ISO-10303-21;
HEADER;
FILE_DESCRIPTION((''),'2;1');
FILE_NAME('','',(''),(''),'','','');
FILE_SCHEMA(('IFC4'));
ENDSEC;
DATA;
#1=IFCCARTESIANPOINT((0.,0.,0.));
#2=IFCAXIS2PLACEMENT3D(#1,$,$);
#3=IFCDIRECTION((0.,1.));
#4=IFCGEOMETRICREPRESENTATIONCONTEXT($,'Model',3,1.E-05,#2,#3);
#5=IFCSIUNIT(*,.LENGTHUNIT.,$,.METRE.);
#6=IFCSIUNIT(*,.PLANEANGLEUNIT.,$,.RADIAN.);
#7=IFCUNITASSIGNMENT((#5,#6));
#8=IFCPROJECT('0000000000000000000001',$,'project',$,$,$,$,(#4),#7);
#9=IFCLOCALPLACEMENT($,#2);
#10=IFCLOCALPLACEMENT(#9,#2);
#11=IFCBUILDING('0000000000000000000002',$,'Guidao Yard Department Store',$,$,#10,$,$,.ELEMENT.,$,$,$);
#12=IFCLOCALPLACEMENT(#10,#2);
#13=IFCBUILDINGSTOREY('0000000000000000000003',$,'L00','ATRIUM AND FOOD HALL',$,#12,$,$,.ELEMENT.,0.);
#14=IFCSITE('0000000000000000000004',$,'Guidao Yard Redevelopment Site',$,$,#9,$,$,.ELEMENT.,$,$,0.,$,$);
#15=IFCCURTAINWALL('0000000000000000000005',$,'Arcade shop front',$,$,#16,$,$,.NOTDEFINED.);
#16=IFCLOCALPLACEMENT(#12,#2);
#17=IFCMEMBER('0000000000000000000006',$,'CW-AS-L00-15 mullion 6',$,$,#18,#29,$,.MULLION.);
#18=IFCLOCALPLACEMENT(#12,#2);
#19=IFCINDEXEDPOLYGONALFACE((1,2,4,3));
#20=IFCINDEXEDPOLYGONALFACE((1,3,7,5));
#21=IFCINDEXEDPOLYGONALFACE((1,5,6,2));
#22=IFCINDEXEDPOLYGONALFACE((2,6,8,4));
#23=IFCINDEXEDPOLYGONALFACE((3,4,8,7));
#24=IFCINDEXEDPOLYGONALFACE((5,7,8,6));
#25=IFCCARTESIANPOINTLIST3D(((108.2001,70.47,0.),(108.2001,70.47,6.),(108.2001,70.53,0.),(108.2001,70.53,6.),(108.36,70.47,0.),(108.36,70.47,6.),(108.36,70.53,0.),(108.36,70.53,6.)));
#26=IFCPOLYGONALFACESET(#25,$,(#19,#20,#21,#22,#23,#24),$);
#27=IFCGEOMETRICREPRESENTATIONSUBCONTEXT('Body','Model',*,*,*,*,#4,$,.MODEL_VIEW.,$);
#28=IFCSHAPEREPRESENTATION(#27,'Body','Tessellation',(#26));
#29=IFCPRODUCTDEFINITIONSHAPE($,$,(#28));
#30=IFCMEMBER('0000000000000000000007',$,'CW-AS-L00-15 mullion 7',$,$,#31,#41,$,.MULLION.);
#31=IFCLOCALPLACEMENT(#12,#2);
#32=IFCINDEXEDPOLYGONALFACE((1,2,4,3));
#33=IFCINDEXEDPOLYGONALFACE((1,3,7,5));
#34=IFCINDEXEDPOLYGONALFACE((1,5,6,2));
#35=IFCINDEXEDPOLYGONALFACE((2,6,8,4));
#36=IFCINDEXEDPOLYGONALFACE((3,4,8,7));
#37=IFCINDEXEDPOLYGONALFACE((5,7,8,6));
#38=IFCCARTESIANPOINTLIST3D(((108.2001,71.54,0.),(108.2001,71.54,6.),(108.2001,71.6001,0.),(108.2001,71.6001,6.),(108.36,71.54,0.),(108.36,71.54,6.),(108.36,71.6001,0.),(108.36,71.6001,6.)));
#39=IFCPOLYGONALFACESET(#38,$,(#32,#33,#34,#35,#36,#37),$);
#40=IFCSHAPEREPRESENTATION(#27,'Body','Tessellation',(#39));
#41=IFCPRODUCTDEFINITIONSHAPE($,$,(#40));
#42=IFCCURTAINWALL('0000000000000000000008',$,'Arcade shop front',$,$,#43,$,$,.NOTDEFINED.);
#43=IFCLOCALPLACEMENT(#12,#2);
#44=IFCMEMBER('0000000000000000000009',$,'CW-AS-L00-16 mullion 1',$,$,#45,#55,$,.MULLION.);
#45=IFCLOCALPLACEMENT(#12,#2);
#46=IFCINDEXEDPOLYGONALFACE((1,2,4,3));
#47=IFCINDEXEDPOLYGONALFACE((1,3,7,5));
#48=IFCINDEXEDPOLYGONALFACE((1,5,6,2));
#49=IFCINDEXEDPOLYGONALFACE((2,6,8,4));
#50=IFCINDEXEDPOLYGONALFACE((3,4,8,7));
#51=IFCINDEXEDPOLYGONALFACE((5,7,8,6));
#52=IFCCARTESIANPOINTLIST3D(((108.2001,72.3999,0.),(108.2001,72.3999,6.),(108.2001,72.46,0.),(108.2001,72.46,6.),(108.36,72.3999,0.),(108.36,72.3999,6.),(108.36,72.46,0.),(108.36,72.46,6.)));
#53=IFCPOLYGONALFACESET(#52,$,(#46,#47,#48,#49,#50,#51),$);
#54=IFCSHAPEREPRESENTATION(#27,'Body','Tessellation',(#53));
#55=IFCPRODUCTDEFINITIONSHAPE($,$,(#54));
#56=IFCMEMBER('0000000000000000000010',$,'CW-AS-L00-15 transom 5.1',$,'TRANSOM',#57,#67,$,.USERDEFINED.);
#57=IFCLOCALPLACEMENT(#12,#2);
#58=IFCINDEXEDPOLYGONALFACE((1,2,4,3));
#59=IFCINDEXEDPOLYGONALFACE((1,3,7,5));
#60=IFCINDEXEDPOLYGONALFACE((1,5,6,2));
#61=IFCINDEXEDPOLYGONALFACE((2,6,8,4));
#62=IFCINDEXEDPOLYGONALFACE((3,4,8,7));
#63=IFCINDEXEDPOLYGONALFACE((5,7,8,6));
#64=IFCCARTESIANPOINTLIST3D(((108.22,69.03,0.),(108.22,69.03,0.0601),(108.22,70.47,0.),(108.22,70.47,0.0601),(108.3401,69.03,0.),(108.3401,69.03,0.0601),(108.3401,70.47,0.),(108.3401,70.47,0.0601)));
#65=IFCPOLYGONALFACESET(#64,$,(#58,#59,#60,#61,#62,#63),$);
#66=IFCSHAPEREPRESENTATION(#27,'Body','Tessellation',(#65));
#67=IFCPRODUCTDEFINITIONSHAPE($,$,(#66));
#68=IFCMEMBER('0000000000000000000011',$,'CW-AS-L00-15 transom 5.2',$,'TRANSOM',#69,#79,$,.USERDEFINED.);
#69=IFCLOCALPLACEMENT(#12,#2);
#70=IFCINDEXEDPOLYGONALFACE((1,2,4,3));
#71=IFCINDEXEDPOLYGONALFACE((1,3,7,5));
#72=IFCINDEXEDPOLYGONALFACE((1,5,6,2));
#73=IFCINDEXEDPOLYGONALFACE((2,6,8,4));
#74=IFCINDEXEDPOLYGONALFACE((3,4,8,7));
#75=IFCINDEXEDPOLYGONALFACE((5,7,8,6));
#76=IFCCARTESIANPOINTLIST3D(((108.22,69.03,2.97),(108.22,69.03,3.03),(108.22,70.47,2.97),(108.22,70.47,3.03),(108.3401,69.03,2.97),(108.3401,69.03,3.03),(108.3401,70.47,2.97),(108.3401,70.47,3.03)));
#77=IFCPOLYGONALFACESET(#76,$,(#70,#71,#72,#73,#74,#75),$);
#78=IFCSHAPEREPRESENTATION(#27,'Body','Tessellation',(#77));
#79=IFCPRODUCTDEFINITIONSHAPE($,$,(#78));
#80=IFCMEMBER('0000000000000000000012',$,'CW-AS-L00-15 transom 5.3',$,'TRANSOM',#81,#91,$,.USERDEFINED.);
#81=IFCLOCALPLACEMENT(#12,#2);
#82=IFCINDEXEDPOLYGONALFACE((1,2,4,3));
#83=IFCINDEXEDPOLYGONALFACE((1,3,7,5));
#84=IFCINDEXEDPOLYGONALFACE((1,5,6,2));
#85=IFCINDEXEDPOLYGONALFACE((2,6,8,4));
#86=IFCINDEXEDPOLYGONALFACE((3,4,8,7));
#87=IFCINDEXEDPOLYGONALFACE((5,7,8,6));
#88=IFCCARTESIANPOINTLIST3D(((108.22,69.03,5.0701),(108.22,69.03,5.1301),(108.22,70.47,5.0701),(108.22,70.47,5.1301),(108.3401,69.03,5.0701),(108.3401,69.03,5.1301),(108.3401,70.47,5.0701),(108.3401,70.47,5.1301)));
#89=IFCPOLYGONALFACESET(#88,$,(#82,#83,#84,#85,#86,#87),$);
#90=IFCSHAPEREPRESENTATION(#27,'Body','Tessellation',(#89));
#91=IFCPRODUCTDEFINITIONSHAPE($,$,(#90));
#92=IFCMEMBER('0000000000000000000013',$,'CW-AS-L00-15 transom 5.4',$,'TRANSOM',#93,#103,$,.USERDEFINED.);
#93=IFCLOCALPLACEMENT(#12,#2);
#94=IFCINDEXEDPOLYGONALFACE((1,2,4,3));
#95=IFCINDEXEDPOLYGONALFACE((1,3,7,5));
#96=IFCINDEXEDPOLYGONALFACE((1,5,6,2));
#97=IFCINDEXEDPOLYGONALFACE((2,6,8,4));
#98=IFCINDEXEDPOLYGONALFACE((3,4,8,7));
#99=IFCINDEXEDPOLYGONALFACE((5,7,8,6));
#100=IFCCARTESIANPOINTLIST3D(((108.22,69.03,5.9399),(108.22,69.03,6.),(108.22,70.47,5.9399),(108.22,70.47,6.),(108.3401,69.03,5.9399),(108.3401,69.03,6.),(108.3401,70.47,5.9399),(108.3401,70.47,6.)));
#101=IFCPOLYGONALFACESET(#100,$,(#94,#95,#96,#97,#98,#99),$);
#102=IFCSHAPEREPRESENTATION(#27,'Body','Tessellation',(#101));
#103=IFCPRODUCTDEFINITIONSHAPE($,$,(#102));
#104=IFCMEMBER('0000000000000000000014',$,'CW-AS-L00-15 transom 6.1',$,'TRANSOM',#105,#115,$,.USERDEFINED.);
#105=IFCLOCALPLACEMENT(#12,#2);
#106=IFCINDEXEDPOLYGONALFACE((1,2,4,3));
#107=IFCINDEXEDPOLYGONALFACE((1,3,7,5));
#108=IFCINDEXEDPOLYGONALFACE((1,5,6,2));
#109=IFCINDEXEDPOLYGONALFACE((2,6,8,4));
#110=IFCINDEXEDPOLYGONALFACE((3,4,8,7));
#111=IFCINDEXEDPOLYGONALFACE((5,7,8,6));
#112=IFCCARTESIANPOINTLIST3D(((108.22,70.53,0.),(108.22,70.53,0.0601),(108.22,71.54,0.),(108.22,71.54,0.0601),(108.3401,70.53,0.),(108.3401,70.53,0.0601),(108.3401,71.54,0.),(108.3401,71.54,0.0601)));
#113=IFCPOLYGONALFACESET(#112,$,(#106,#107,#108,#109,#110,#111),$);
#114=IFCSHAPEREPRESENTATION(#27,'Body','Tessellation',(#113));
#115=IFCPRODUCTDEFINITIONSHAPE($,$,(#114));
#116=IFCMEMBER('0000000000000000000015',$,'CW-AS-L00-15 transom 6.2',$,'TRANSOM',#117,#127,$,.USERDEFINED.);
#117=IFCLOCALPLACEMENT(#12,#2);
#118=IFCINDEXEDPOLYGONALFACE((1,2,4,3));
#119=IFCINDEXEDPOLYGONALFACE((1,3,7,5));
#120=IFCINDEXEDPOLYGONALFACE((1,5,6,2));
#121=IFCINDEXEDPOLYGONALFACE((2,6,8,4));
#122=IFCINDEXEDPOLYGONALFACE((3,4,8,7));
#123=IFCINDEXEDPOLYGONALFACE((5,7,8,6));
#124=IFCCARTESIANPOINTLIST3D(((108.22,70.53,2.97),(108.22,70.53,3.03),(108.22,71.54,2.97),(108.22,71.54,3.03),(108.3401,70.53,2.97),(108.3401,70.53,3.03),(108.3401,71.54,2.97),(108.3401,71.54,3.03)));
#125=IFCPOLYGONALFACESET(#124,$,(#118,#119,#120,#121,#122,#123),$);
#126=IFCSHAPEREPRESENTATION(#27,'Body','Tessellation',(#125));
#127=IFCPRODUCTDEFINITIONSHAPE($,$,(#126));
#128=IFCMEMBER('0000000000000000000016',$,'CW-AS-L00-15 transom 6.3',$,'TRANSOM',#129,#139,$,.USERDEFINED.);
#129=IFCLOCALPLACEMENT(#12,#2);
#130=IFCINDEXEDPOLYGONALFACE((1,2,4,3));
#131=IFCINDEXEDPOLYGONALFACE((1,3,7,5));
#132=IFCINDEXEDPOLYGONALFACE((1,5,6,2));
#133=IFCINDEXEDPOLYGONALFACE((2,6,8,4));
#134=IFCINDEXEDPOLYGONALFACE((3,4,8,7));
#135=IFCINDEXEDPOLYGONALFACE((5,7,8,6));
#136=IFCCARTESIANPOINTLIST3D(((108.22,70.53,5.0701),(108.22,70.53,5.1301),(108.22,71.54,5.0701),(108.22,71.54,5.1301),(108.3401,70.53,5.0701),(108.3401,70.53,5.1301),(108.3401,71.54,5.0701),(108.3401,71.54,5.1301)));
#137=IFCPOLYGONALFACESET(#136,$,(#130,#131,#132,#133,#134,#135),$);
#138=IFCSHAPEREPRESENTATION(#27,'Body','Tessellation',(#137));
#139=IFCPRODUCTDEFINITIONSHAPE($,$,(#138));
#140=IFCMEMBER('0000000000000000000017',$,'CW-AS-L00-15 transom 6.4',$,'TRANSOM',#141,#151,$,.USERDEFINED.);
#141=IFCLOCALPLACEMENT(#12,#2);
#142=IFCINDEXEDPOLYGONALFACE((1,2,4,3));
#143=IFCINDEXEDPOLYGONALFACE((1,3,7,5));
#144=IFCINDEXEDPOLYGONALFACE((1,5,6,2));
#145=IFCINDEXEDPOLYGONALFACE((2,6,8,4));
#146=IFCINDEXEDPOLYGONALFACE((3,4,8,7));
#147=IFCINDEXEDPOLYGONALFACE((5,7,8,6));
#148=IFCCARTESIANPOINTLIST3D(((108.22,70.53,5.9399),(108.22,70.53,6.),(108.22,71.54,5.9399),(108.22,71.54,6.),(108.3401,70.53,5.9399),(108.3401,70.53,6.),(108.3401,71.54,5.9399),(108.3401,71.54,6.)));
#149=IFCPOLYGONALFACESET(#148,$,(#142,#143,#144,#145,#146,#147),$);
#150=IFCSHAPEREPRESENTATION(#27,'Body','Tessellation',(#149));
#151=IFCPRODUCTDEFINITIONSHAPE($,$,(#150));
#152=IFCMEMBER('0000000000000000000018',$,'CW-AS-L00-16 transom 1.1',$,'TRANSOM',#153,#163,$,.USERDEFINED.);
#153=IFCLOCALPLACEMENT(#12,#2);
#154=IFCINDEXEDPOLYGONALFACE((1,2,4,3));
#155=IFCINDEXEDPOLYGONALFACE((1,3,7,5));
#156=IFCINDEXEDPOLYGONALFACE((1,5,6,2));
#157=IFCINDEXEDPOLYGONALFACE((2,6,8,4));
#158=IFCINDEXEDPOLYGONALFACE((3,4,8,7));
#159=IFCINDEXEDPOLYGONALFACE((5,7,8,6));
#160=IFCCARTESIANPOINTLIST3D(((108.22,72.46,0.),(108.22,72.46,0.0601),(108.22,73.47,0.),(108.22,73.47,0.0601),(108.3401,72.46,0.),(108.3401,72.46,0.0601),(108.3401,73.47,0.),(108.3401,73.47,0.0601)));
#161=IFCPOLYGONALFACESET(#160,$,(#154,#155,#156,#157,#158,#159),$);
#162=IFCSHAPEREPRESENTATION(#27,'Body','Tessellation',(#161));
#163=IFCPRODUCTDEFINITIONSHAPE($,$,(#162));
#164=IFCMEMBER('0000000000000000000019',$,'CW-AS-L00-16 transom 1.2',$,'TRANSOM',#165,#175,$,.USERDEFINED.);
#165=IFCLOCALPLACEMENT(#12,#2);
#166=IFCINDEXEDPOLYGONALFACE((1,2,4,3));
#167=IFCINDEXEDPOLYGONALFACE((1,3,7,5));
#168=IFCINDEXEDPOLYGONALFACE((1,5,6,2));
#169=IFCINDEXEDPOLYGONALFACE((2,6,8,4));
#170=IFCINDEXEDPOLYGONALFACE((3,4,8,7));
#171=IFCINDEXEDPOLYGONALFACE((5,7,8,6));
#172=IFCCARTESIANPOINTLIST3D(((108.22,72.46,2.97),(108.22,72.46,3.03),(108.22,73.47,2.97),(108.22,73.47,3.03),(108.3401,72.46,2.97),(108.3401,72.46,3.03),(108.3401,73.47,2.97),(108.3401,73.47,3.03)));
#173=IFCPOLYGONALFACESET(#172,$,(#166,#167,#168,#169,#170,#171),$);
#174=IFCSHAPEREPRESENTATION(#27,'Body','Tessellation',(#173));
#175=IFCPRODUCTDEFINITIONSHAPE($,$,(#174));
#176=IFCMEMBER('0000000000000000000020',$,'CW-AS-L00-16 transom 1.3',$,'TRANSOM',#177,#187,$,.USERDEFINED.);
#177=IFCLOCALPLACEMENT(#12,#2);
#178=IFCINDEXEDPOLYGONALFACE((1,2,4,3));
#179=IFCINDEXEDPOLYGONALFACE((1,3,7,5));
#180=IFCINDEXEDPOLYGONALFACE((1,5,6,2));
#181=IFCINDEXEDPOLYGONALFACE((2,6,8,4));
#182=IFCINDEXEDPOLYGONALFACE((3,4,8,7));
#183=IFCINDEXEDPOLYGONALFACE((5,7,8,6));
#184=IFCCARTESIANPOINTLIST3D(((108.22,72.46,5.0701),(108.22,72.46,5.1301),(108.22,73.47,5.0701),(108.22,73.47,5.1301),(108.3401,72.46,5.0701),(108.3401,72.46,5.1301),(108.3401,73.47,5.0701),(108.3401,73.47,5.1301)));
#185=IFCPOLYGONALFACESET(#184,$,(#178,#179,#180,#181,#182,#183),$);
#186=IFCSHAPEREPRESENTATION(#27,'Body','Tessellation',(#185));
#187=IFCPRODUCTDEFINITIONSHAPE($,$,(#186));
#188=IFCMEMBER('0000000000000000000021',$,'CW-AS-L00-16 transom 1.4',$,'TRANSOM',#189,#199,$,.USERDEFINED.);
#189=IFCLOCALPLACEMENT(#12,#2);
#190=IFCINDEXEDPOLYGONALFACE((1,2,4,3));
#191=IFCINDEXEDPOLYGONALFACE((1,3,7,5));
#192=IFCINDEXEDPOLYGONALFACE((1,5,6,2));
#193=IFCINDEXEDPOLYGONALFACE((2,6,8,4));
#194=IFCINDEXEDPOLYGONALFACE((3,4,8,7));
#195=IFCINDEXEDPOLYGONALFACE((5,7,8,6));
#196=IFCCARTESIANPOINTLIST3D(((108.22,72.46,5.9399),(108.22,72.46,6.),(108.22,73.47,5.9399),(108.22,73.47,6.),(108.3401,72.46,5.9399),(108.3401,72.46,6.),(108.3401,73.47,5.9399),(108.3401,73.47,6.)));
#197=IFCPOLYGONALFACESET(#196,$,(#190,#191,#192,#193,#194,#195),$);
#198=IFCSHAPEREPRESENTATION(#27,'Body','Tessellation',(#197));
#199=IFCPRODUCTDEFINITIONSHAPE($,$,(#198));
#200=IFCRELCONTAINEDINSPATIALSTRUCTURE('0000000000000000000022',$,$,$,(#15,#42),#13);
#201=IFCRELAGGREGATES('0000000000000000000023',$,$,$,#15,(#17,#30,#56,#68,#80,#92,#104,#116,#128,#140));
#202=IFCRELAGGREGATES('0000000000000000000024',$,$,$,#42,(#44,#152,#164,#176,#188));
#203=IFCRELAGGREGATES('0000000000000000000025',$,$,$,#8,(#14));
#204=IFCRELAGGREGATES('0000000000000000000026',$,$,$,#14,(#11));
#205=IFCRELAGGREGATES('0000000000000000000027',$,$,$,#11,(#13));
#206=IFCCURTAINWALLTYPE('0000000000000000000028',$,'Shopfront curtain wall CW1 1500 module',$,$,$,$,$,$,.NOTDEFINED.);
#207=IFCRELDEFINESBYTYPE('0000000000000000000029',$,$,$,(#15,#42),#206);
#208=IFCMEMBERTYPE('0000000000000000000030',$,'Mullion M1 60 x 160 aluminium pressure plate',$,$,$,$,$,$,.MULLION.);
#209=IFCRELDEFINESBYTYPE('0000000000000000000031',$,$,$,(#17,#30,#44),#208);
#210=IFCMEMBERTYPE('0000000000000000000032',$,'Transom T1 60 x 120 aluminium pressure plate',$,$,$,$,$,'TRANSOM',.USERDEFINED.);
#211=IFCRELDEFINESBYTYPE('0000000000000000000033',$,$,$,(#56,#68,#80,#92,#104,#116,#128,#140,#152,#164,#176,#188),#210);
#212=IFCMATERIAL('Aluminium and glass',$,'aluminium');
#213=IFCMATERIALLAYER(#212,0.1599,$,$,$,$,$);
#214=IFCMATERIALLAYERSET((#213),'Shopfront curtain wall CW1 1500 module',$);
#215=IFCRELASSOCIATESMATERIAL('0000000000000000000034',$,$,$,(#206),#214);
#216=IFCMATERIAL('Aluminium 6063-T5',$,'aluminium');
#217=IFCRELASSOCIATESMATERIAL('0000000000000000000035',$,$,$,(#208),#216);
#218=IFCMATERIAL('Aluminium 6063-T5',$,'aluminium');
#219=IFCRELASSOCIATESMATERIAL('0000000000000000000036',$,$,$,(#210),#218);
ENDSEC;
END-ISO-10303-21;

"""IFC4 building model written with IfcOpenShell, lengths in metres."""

from ifc_helpers import new_model, si_unit, direction, frame, origin, origin_2d, place, context, subcontext, project, spatial, rectangle, extrude, material, layer, layer_set, material_profile, profile_set, type_object, element, aggregate, save


model = new_model("IFC4")

# Units and contexts
model_context = context("Model", 3, precision=1e-05, world=origin(), true_north=direction((0.0, 1.0)))
body_context = subcontext(model_context, "Body", "Model", "MODEL_VIEW")
ifc_project = project(units=[si_unit("LENGTHUNIT", "METRE"), si_unit("PLANEANGLEUNIT", "RADIAN")], contexts=[model_context])

# Site, building, storey
site_placement = place(None, origin())
site = spatial("IfcSite", under=ifc_project, at=site_placement, Name="Guidao Yard Redevelopment Site", CompositionType="ELEMENT", RefElevation=0.0)
building_placement = place(site_placement, origin())
building = spatial("IfcBuilding", under=site, at=building_placement, Name="Guidao Yard Department Store", CompositionType="ELEMENT")
storey_placement = place(building_placement, origin())
storey = spatial("IfcBuildingStorey", under=building, at=storey_placement, Name="L00", Description="ATRIUM AND FOOD HALL", CompositionType="ELEMENT", Elevation=0.0)

# Curtain wall, members
ifc_material_1 = material(Name="Aluminium and glass", Category="aluminium")
ifc_layer_1 = layer(ifc_material_1, 0.1599)
ifc_layer_set_1 = layer_set([ifc_layer_1], Name="Shopfront curtain wall CW1 1500 module")
curtain_wall_type = type_object("IfcCurtainWallType", Name="Shopfront curtain wall CW1 1500 module", PredefinedType="NOTDEFINED", material=ifc_layer_set_1)
curtain_wall_1_placement = place(storey_placement, origin())
curtain_wall_1 = element("IfcCurtainWall", 1, at=curtain_wall_1_placement, inside=storey, type_object=curtain_wall_type, Name="Arcade shop front", PredefinedType="NOTDEFINED")
ifc_material_2 = material(Name="Aluminium 6063-T5", Category="aluminium")
ifc_material_profile_1 = material_profile(ifc_material_2, rectangle(XDim=0.0601, YDim=0.1599, at=origin_2d()), Name="Mullion M1 60 x 160 aluminium pressure plate")
ifc_profile_set_1 = profile_set([ifc_material_profile_1], Name="Aluminium 6063-T5")
member_type_1 = type_object("IfcMemberType", Name="Mullion M1 60 x 160 aluminium pressure plate", PredefinedType="MULLION", material=ifc_profile_set_1)
member_1_placement = place(storey_placement, frame((108.28, 70.5, 0.0), z_axis=(0.0, 0.0, 1.0), x_axis=(0.0, -1.0, 0.0)))
member_1 = element("IfcMember", 2, at=member_1_placement, type_object=member_type_1, Name="CW-AS-L00-15 mullion 6", PredefinedType="MULLION", context=body_context, shape_type="SweptSolid", body=[
    extrude(rectangle(XDim=0.0601, YDim=0.1599, at=origin_2d()), origin(), (0.0, 0.0, 1.0), 6.0),
])
member_2_placement = place(storey_placement, frame((108.28, 71.5701, 0.0), z_axis=(0.0, 0.0, 1.0), x_axis=(0.0, -1.0, 0.0)))
member_2 = element("IfcMember", 3, at=member_2_placement, type_object=member_type_1, Name="CW-AS-L00-15 mullion 7", PredefinedType="MULLION", context=body_context, shape_type="SweptSolid", body=[
    extrude(rectangle(XDim=0.0601, YDim=0.1599, at=origin_2d()), origin(), (0.0, 0.0, 1.0), 6.0),
])

# Curtain wall, member
curtain_wall_2_placement = place(storey_placement, origin())
curtain_wall_2 = element("IfcCurtainWall", 4, at=curtain_wall_2_placement, inside=storey, type_object=curtain_wall_type, Name="Arcade shop front", PredefinedType="NOTDEFINED")
member_3_placement = place(storey_placement, frame((108.28, 72.4299, 0.0), z_axis=(0.0, 0.0, 1.0), x_axis=(0.0, -1.0, 0.0)))
member_3 = element("IfcMember", 5, at=member_3_placement, type_object=member_type_1, Name="CW-AS-L00-16 mullion 1", PredefinedType="MULLION", context=body_context, shape_type="SweptSolid", body=[
    extrude(rectangle(XDim=0.0601, YDim=0.1599, at=origin_2d()), origin(), (0.0, 0.0, 1.0), 6.0),
])

# Members
ifc_material_3 = material(Name="Aluminium 6063-T5", Category="aluminium")
ifc_material_profile_2 = material_profile(ifc_material_3, rectangle(XDim=0.1201, YDim=0.0601, at=origin_2d()), Name="Transom T1 60 x 120 aluminium pressure plate")
ifc_profile_set_2 = profile_set([ifc_material_profile_2], Name="Aluminium 6063-T5")
member_type_2 = type_object("IfcMemberType", Name="Transom T1 60 x 120 aluminium pressure plate", ElementType="TRANSOM", PredefinedType="USERDEFINED", material=ifc_profile_set_2)
member_4_placement = place(storey_placement, frame((108.28, 70.47, 0.03), z_axis=(0.0, -1.0, 0.0), x_axis=(1.0, 0.0, 0.0)))
member_4 = element("IfcMember", 6, at=member_4_placement, type_object=member_type_2, Name="CW-AS-L00-15 transom 5.1", ObjectType="TRANSOM", PredefinedType="USERDEFINED", context=body_context, shape_type="SweptSolid", body=[
    extrude(rectangle(XDim=0.1201, YDim=0.0601, at=origin_2d()), origin(), (0.0, 0.0, 1.0), 1.4399),
])
member_5_placement = place(storey_placement, frame((108.28, 70.47, 3.0), z_axis=(0.0, -1.0, 0.0), x_axis=(1.0, 0.0, 0.0)))
member_5 = element("IfcMember", 7, at=member_5_placement, type_object=member_type_2, Name="CW-AS-L00-15 transom 5.2", ObjectType="TRANSOM", PredefinedType="USERDEFINED", context=body_context, shape_type="SweptSolid", body=[
    extrude(rectangle(XDim=0.1201, YDim=0.0601, at=origin_2d()), origin(), (0.0, 0.0, 1.0), 1.4399),
])
member_6_placement = place(storey_placement, frame((108.28, 70.47, 5.1001), z_axis=(0.0, -1.0, 0.0), x_axis=(1.0, 0.0, 0.0)))
member_6 = element("IfcMember", 8, at=member_6_placement, type_object=member_type_2, Name="CW-AS-L00-15 transom 5.3", ObjectType="TRANSOM", PredefinedType="USERDEFINED", context=body_context, shape_type="SweptSolid", body=[
    extrude(rectangle(XDim=0.1201, YDim=0.0601, at=origin_2d()), origin(), (0.0, 0.0, 1.0), 1.4399),
])
member_7_placement = place(storey_placement, frame((108.28, 70.47, 5.97), z_axis=(0.0, -1.0, 0.0), x_axis=(1.0, 0.0, 0.0)))
member_7 = element("IfcMember", 9, at=member_7_placement, type_object=member_type_2, Name="CW-AS-L00-15 transom 5.4", ObjectType="TRANSOM", PredefinedType="USERDEFINED", context=body_context, shape_type="SweptSolid", body=[
    extrude(rectangle(XDim=0.1201, YDim=0.0601, at=origin_2d()), origin(), (0.0, 0.0, 1.0), 1.4399),
])
member_8_placement = place(storey_placement, frame((108.28, 71.54, 0.03), z_axis=(0.0, -1.0, 0.0), x_axis=(1.0, 0.0, 0.0)))
member_8 = element("IfcMember", 10, at=member_8_placement, type_object=member_type_2, Name="CW-AS-L00-15 transom 6.1", ObjectType="TRANSOM", PredefinedType="USERDEFINED", context=body_context, shape_type="SweptSolid", body=[
    extrude(rectangle(XDim=0.1201, YDim=0.0601, at=origin_2d()), origin(), (0.0, 0.0, 1.0), 1.01),
])
member_9_placement = place(storey_placement, frame((108.28, 71.54, 3.0), z_axis=(0.0, -1.0, 0.0), x_axis=(1.0, 0.0, 0.0)))
member_9 = element("IfcMember", 11, at=member_9_placement, type_object=member_type_2, Name="CW-AS-L00-15 transom 6.2", ObjectType="TRANSOM", PredefinedType="USERDEFINED", context=body_context, shape_type="SweptSolid", body=[
    extrude(rectangle(XDim=0.1201, YDim=0.0601, at=origin_2d()), origin(), (0.0, 0.0, 1.0), 1.01),
])
member_10_placement = place(storey_placement, frame((108.28, 71.54, 5.1001), z_axis=(0.0, -1.0, 0.0), x_axis=(1.0, 0.0, 0.0)))
member_10 = element("IfcMember", 12, at=member_10_placement, type_object=member_type_2, Name="CW-AS-L00-15 transom 6.3", ObjectType="TRANSOM", PredefinedType="USERDEFINED", context=body_context, shape_type="SweptSolid", body=[
    extrude(rectangle(XDim=0.1201, YDim=0.0601, at=origin_2d()), origin(), (0.0, 0.0, 1.0), 1.01),
])
member_11_placement = place(storey_placement, frame((108.28, 71.54, 5.97), z_axis=(0.0, -1.0, 0.0), x_axis=(1.0, 0.0, 0.0)))
member_11 = element("IfcMember", 13, at=member_11_placement, type_object=member_type_2, Name="CW-AS-L00-15 transom 6.4", ObjectType="TRANSOM", PredefinedType="USERDEFINED", context=body_context, shape_type="SweptSolid", body=[
    extrude(rectangle(XDim=0.1201, YDim=0.0601, at=origin_2d()), origin(), (0.0, 0.0, 1.0), 1.01),
])
member_12_placement = place(storey_placement, frame((108.28, 73.47, 0.03), z_axis=(0.0, -1.0, 0.0), x_axis=(1.0, 0.0, 0.0)))
member_12 = element("IfcMember", 14, at=member_12_placement, type_object=member_type_2, Name="CW-AS-L00-16 transom 1.1", ObjectType="TRANSOM", PredefinedType="USERDEFINED", context=body_context, shape_type="SweptSolid", body=[
    extrude(rectangle(XDim=0.1201, YDim=0.0601, at=origin_2d()), origin(), (0.0, 0.0, 1.0), 1.01),
])
member_13_placement = place(storey_placement, frame((108.28, 73.47, 3.0), z_axis=(0.0, -1.0, 0.0), x_axis=(1.0, 0.0, 0.0)))
member_13 = element("IfcMember", 15, at=member_13_placement, type_object=member_type_2, Name="CW-AS-L00-16 transom 1.2", ObjectType="TRANSOM", PredefinedType="USERDEFINED", context=body_context, shape_type="SweptSolid", body=[
    extrude(rectangle(XDim=0.1201, YDim=0.0601, at=origin_2d()), origin(), (0.0, 0.0, 1.0), 1.01),
])
member_14_placement = place(storey_placement, frame((108.28, 73.47, 5.1001), z_axis=(0.0, -1.0, 0.0), x_axis=(1.0, 0.0, 0.0)))
member_14 = element("IfcMember", 16, at=member_14_placement, type_object=member_type_2, Name="CW-AS-L00-16 transom 1.3", ObjectType="TRANSOM", PredefinedType="USERDEFINED", context=body_context, shape_type="SweptSolid", body=[
    extrude(rectangle(XDim=0.1201, YDim=0.0601, at=origin_2d()), origin(), (0.0, 0.0, 1.0), 1.01),
])
member_15_placement = place(storey_placement, frame((108.28, 73.47, 5.97), z_axis=(0.0, -1.0, 0.0), x_axis=(1.0, 0.0, 0.0)))
member_15 = element("IfcMember", 17, at=member_15_placement, type_object=member_type_2, Name="CW-AS-L00-16 transom 1.4", ObjectType="TRANSOM", PredefinedType="USERDEFINED", context=body_context, shape_type="SweptSolid", body=[
    extrude(rectangle(XDim=0.1201, YDim=0.0601, at=origin_2d()), origin(), (0.0, 0.0, 1.0), 1.01),
])

aggregate(curtain_wall_1, [member_1, member_2, member_4, member_5, member_6, member_7, member_8, member_9, member_10, member_11])
aggregate(curtain_wall_2, [member_3, member_12, member_13, member_14, member_15])

save(model, "model.ifc")
